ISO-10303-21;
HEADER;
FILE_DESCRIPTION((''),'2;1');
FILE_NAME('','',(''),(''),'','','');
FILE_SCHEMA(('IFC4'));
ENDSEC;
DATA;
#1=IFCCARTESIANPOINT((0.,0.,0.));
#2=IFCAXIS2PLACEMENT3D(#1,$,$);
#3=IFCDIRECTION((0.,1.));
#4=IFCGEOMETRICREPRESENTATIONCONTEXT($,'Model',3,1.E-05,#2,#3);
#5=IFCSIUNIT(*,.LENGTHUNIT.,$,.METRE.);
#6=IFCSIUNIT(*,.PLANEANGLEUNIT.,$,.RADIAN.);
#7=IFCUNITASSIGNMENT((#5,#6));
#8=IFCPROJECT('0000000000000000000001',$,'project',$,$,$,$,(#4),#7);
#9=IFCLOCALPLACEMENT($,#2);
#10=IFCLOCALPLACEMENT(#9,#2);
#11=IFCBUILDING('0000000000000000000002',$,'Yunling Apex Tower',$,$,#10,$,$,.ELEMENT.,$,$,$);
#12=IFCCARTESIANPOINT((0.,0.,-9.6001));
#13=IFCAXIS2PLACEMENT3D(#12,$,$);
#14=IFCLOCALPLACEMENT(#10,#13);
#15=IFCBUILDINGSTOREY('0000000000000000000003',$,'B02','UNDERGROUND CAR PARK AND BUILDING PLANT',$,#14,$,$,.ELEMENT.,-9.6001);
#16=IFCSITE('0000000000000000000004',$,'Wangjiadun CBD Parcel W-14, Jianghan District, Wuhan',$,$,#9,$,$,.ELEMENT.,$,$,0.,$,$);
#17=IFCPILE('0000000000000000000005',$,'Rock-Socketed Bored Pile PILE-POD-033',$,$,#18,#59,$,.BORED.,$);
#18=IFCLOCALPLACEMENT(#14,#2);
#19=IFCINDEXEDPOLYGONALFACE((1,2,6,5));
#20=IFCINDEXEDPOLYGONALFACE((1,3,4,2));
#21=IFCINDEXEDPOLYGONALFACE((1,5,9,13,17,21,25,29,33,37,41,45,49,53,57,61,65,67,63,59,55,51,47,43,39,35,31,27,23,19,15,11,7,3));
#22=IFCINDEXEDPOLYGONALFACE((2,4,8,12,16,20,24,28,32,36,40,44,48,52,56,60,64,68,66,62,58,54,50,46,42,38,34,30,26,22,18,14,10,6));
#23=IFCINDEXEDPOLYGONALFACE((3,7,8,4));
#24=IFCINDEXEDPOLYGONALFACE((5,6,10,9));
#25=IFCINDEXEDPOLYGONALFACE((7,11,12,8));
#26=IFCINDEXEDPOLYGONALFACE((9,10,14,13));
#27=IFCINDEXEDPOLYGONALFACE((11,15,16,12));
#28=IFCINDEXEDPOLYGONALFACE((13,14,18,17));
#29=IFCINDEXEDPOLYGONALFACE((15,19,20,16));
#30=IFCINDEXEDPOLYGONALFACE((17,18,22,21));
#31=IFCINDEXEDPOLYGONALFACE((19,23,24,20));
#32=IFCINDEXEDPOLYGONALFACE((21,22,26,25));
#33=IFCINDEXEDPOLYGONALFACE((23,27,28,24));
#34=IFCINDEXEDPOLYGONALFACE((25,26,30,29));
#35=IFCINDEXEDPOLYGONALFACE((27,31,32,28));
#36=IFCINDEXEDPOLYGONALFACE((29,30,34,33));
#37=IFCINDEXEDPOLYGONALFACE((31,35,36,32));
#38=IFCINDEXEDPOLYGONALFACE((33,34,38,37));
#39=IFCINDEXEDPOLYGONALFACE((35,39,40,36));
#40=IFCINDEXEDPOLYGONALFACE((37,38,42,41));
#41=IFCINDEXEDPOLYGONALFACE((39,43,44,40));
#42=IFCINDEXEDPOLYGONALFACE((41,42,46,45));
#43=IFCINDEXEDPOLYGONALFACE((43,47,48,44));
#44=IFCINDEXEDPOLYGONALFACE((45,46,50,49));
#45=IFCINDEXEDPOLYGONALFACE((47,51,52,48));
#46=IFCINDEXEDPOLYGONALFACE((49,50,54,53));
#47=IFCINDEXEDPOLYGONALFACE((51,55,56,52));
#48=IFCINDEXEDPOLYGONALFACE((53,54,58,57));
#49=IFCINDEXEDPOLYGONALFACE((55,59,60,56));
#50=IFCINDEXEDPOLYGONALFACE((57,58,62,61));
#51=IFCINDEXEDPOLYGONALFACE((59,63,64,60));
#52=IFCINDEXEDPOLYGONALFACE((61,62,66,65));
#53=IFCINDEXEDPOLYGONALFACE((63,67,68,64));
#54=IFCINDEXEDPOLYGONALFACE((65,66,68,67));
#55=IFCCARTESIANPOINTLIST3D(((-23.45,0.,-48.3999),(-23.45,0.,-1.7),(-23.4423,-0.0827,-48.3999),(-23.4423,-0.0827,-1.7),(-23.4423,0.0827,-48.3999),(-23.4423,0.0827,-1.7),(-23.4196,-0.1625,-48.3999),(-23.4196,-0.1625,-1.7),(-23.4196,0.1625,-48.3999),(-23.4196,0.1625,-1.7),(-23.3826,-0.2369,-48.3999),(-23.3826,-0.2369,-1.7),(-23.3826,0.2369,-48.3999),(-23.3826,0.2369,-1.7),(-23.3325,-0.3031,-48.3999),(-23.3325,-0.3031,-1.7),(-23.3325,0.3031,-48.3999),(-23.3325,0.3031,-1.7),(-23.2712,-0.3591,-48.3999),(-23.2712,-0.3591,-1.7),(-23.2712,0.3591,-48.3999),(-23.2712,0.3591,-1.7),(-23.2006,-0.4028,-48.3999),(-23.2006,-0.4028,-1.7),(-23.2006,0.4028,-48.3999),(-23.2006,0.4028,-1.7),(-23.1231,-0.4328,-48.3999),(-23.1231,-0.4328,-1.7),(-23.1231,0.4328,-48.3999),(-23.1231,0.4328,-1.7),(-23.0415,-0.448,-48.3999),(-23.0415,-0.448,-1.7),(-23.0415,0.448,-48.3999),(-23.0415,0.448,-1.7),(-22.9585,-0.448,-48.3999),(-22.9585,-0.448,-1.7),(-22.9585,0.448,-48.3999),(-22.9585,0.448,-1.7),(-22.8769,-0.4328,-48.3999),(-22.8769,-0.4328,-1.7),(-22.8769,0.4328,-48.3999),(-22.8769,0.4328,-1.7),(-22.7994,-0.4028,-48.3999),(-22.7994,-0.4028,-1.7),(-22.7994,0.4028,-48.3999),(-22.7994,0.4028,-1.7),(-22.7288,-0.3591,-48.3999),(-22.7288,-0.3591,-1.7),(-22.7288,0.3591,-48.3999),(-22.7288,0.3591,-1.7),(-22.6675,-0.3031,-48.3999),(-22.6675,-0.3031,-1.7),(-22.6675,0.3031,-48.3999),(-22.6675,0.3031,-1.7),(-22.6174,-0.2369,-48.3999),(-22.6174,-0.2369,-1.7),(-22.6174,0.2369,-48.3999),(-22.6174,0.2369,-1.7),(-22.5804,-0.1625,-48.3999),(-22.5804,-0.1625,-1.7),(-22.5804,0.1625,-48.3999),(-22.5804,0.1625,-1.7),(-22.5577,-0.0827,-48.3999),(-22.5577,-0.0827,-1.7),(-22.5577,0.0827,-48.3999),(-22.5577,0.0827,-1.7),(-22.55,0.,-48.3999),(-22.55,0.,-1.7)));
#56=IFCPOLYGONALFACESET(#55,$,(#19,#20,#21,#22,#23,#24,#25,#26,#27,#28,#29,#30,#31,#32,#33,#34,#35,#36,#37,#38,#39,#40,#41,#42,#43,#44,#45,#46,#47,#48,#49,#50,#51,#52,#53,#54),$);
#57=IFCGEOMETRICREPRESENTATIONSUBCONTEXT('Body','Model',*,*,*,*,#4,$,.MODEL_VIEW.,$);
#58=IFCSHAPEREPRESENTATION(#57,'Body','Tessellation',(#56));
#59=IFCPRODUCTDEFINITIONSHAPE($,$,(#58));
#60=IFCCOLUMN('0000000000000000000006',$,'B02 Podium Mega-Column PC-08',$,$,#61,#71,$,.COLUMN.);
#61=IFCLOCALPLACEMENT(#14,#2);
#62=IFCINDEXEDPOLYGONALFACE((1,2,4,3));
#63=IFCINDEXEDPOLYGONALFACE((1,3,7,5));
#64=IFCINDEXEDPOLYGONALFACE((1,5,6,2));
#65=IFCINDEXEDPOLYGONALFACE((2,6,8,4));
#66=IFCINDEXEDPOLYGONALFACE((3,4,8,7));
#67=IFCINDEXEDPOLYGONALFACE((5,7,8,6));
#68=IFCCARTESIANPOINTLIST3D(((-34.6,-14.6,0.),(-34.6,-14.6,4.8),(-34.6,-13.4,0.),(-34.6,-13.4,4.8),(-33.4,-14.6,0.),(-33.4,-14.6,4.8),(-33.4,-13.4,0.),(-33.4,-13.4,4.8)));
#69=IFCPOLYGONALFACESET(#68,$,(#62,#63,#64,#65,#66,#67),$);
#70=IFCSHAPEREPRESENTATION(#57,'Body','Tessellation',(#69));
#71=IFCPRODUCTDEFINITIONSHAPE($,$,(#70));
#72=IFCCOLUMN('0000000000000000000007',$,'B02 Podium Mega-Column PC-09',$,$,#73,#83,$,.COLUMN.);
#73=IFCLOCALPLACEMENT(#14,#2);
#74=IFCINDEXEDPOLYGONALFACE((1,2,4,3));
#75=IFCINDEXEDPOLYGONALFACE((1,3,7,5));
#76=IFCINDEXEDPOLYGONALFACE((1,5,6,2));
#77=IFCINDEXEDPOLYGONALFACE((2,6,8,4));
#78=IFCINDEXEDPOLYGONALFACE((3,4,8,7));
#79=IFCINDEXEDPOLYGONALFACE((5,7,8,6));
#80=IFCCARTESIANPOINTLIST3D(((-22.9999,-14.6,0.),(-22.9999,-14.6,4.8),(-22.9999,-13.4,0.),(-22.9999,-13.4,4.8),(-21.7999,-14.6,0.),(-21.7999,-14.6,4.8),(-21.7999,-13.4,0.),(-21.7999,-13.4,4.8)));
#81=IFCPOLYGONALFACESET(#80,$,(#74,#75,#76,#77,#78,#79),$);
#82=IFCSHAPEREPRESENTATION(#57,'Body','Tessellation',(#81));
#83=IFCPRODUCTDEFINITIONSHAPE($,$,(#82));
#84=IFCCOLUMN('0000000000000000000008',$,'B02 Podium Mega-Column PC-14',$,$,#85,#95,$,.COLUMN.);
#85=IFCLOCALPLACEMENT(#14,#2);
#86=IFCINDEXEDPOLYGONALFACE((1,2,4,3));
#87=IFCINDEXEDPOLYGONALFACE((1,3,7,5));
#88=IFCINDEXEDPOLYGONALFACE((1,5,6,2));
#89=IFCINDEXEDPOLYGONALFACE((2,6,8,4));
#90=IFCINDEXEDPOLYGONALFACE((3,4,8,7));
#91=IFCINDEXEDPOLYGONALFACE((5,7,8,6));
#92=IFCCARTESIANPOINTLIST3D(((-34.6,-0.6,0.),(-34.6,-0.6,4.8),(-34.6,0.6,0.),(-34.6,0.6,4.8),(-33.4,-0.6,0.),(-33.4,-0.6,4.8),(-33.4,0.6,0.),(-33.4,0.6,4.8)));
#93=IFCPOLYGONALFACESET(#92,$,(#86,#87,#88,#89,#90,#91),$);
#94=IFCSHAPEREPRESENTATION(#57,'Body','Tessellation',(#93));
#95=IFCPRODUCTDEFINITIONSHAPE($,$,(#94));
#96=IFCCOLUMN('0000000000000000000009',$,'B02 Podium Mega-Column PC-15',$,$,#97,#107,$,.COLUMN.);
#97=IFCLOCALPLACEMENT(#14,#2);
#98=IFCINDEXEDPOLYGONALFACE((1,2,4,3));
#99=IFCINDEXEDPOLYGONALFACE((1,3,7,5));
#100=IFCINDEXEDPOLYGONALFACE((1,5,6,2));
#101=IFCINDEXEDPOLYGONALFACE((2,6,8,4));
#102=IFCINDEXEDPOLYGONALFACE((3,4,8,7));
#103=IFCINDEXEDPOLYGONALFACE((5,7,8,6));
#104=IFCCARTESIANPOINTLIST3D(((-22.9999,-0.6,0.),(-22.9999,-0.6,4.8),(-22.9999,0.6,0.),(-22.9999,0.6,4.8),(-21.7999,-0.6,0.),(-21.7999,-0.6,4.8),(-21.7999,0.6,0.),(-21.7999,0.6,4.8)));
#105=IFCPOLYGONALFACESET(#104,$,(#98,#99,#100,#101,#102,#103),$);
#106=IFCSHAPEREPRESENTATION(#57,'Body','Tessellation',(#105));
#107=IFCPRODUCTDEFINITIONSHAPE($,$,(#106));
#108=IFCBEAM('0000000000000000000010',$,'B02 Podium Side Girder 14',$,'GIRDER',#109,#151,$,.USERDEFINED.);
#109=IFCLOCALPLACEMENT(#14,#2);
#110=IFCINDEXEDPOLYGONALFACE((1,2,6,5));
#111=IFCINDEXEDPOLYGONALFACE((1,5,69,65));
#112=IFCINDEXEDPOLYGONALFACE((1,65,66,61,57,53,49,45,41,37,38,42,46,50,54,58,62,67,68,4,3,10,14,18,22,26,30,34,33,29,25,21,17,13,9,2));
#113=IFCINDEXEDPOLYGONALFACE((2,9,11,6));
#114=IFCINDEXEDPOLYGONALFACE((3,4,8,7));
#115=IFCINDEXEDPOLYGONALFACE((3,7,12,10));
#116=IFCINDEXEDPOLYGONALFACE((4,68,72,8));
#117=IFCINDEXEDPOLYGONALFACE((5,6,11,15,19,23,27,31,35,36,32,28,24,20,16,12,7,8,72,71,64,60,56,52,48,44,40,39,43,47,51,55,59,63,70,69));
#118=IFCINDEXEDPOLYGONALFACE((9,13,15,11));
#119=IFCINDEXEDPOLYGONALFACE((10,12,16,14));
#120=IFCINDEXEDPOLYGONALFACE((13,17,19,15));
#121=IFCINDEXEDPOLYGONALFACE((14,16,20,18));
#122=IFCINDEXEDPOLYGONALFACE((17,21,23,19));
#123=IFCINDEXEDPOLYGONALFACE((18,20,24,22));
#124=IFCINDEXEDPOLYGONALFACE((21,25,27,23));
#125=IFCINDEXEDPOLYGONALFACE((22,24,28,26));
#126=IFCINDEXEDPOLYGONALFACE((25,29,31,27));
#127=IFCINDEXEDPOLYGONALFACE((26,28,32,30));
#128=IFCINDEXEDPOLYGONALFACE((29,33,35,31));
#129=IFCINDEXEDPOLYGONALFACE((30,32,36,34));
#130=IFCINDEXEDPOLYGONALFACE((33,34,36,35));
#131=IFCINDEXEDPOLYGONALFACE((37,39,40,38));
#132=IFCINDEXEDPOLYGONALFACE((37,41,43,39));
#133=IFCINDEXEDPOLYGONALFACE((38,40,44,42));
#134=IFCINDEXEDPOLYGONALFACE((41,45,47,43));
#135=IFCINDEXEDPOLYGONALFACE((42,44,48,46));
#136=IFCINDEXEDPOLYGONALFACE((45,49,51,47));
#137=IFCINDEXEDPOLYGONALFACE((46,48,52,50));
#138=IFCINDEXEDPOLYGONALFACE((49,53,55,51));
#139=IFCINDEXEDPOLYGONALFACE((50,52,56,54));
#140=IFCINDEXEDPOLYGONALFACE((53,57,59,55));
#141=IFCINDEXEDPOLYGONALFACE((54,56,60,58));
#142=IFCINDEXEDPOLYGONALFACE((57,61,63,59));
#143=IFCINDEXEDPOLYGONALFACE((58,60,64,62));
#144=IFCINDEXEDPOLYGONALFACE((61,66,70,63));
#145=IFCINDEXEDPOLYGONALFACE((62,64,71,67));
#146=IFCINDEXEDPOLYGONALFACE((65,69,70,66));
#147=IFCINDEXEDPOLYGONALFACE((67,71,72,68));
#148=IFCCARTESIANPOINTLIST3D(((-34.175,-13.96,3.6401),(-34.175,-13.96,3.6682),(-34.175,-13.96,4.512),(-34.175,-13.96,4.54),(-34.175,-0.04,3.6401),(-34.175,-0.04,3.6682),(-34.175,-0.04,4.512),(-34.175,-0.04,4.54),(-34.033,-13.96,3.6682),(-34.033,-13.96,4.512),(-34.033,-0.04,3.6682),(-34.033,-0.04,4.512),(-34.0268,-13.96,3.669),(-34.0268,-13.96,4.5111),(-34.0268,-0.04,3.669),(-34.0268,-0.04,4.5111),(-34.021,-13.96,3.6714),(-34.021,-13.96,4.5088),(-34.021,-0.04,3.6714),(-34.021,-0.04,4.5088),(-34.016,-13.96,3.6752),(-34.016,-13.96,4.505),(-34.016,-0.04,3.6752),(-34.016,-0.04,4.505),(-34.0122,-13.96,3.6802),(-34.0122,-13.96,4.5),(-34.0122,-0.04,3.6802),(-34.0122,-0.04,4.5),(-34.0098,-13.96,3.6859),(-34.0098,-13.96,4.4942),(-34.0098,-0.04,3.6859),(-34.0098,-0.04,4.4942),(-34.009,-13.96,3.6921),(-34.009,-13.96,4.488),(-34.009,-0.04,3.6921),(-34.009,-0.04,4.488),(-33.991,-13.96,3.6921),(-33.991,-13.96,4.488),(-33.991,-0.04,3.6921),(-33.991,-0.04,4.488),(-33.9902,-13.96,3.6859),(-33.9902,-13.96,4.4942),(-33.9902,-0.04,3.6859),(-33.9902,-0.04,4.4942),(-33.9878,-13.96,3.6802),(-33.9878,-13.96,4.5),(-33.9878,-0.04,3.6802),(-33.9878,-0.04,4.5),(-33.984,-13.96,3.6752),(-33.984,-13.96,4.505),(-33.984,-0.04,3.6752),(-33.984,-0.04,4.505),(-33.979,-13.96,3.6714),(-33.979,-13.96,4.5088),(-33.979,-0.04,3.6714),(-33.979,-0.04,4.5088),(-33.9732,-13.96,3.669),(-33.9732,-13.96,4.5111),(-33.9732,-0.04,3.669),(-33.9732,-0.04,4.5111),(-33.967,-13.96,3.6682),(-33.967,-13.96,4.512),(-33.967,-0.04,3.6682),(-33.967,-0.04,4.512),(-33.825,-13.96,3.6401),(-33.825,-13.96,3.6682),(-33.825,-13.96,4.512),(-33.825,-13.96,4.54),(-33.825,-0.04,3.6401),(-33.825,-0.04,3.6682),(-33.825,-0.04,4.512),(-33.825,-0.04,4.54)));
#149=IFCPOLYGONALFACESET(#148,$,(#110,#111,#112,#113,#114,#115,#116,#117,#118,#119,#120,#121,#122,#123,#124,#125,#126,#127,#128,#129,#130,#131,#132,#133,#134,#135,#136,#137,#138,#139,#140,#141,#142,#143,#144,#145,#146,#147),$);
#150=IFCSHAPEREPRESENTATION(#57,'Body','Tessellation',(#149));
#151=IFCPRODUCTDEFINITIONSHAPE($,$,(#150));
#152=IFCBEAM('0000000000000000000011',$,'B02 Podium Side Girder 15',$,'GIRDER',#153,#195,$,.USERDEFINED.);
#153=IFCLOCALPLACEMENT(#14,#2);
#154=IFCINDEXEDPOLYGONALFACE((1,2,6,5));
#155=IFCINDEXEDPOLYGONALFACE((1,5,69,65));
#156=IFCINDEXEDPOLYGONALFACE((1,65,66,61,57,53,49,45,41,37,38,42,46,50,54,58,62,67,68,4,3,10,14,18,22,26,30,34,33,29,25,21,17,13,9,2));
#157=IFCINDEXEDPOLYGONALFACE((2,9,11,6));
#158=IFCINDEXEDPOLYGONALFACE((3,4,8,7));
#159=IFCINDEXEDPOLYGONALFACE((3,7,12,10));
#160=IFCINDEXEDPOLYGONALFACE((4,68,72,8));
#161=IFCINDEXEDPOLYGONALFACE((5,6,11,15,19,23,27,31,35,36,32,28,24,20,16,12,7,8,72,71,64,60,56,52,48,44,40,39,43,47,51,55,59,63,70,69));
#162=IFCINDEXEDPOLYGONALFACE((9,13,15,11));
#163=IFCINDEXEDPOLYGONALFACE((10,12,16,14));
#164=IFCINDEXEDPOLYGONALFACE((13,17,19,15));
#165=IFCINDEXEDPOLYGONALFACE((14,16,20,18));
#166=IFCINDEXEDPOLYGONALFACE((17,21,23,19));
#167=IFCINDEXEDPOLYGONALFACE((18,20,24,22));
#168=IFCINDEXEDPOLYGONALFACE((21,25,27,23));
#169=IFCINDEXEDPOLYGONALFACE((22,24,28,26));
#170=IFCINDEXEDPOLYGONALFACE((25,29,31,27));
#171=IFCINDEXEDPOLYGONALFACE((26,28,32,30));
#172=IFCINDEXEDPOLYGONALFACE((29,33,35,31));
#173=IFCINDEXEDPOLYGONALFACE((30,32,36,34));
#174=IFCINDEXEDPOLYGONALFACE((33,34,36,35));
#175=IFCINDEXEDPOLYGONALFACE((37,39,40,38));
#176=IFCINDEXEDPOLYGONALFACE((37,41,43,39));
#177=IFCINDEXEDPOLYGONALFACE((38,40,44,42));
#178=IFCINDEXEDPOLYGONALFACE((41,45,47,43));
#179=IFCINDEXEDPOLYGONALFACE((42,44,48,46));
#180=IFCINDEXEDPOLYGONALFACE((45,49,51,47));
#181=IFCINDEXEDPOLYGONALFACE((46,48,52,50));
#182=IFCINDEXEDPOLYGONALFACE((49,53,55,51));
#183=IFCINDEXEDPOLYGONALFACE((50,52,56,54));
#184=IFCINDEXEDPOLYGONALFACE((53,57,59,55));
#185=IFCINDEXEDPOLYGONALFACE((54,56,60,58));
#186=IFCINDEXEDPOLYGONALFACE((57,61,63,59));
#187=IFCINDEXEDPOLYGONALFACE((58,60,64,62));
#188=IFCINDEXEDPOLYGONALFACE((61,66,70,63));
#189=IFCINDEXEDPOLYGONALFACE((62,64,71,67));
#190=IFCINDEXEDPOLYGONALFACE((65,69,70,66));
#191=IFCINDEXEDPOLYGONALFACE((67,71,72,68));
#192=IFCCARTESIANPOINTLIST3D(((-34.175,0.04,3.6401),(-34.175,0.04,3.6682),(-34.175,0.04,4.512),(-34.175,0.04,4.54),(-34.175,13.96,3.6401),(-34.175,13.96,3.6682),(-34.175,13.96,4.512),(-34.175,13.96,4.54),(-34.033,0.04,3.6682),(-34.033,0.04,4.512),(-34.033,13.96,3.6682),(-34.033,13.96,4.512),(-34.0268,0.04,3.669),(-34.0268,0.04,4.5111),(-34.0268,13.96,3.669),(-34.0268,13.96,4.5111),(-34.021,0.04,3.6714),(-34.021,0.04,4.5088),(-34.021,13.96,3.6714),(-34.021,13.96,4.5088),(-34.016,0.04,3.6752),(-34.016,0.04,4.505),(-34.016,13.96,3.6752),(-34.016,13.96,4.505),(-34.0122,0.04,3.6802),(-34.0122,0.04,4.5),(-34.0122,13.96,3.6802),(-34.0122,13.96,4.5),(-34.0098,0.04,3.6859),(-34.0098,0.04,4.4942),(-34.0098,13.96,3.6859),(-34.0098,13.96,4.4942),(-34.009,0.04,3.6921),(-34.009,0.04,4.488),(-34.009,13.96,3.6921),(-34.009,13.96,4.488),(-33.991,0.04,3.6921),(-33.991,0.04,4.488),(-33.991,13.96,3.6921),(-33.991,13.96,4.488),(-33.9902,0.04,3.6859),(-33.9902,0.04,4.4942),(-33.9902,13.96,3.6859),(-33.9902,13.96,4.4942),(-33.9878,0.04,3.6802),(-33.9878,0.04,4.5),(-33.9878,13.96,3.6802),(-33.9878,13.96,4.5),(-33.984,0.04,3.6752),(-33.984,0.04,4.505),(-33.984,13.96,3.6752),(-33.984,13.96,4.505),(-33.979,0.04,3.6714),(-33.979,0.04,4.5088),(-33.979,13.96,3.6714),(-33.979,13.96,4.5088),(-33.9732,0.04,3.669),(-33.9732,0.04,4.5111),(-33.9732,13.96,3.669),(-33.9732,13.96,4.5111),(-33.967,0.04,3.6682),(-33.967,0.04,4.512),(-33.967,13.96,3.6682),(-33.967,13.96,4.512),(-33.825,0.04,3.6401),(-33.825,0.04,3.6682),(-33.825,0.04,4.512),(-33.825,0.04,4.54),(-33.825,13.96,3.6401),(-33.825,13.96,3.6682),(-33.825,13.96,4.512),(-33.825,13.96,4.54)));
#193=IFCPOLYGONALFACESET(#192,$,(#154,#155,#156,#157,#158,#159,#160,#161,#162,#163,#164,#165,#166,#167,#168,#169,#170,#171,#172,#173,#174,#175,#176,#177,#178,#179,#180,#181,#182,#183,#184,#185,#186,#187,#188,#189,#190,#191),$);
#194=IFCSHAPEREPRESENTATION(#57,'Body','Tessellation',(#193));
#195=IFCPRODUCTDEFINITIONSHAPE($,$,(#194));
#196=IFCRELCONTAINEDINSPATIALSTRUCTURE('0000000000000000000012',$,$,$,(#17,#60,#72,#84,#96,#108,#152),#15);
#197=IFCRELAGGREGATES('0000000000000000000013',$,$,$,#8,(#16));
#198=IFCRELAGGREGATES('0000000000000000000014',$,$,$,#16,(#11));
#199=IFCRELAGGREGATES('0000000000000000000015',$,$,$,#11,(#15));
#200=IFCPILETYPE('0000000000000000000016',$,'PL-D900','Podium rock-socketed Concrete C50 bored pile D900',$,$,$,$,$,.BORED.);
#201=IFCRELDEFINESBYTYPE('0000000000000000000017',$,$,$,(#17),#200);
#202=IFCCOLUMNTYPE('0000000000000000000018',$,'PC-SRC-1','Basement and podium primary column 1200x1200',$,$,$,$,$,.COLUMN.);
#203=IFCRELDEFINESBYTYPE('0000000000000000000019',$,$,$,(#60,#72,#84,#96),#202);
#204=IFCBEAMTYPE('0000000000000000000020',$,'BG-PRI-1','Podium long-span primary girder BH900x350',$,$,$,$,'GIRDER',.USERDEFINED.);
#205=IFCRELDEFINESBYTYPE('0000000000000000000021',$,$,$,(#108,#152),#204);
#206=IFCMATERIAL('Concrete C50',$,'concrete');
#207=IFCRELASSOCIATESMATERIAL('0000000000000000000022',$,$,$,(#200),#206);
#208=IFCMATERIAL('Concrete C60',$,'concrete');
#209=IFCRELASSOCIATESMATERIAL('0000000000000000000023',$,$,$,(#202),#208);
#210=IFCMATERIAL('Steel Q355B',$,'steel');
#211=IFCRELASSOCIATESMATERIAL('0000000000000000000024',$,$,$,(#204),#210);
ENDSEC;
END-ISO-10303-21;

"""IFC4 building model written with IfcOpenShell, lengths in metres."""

from ifc_helpers import new_model, si_unit, direction, frame, origin, origin_2d, place, context, subcontext, project, spatial, rectangle, circle, i_section, extrude, source, transform, mapped, material, material_profile, profile_set, type_object, element, save


model = new_model("IFC4")

# Units and contexts
model_context = context("Model", 3, precision=1e-05, world=origin(), true_north=direction((0.0, 1.0)))
body_context = subcontext(model_context, "Body", "Model", "MODEL_VIEW")
ifc_project = project(units=[si_unit("LENGTHUNIT", "METRE"), si_unit("PLANEANGLEUNIT", "RADIAN")], contexts=[model_context])

# Site, building, storey
site_placement = place(None, origin())
site = spatial("IfcSite", under=ifc_project, at=site_placement, Name="Wangjiadun CBD Parcel W-14, Jianghan District, Wuhan", CompositionType="ELEMENT", RefElevation=0.0)
building_placement = place(site_placement, origin())
building = spatial("IfcBuilding", under=site, at=building_placement, Name="Yunling Apex Tower", CompositionType="ELEMENT")
storey_placement = place(building_placement, frame((0.0, 0.0, -9.6001)))
storey = spatial("IfcBuildingStorey", under=building, at=storey_placement, Name="B02", Description="UNDERGROUND CAR PARK AND BUILDING PLANT", CompositionType="ELEMENT", Elevation=-9.6001)

# Shared definitions
ifc_material_1 = material(Name="Concrete C50", Category="concrete")

# Pile
ifc_material_profile_1 = material_profile(ifc_material_1, circle(Radius=0.45, at=origin_2d()))
ifc_profile_set_1 = profile_set([ifc_material_profile_1], Name="Concrete C50")
pile_type_1 = type_object("IfcPileType", Name="PL-D900", Description="Podium rock-socketed Concrete C50 bored pile D900", PredefinedType="BORED", material=ifc_profile_set_1)
shared_shape_1 = source(origin(), body_context, "Body", "SweptSolid", [
    extrude(circle(Radius=0.45, at=origin_2d()), origin(), (0.0, 0.0, 1.0), 46.7),
])
for number, where, z_axis, x_axis, name in (
    (1, (-23.0, 0.0, -1.7), (0.0, 0.0, -1.0), (1.0, 0.0, 0.0), "Rock-Socketed Bored Pile PILE-POD-033"),
):
    element("IfcPile", number, at=place(storey_placement, frame(where, z_axis=z_axis, x_axis=x_axis)), inside=storey, type_object=pile_type_1, Name=name, PredefinedType="BORED", context=body_context, shape_type="MappedRepresentation", body=[
        mapped(shared_shape_1, transform((0.0, 0.0, 0.0), scale=1.0)),
    ])

# Columns
ifc_material_2 = material(Name="Concrete C60", Category="concrete")
ifc_material_profile_2 = material_profile(ifc_material_2, rectangle(XDim=1.2, YDim=1.2, at=origin_2d()))
ifc_profile_set_2 = profile_set([ifc_material_profile_2], Name="Concrete C60")
column_type = type_object("IfcColumnType", Name="PC-SRC-1", Description="Basement and podium primary column 1200x1200", PredefinedType="COLUMN", material=ifc_profile_set_2)
shared_shape_2 = source(origin(), body_context, "Body", "SweptSolid", [
    extrude(rectangle(XDim=1.2, YDim=1.2, at=origin_2d()), origin(), (0.0, 0.0, 1.0), 4.8),
])
for number, where, z_axis, x_axis, name in (
    (2, (-34.0, -14.0, 0.0), (0.0, 0.0, 1.0), (1.0, 0.0, 0.0), "B02 Podium Mega-Column PC-08"),
    (3, (-22.3999, -14.0, 0.0), (0.0, 0.0, 1.0), (1.0, 0.0, 0.0), "B02 Podium Mega-Column PC-09"),
    (4, (-34.0, 0.0, 0.0), (0.0, 0.0, 1.0), (1.0, 0.0, 0.0), "B02 Podium Mega-Column PC-14"),
    (5, (-22.3999, 0.0, 0.0), (0.0, 0.0, 1.0), (1.0, 0.0, 0.0), "B02 Podium Mega-Column PC-15"),
):
    element("IfcColumn", number, at=place(storey_placement, frame(where, z_axis=z_axis, x_axis=x_axis)), inside=storey, type_object=column_type, Name=name, PredefinedType="COLUMN", context=body_context, shape_type="MappedRepresentation", body=[
        mapped(shared_shape_2, transform((0.0, 0.0, 0.0), scale=1.0)),
    ])

# Beams
ifc_material_3 = material(Name="Steel Q355B", Category="steel")
ifc_material_profile_3 = material_profile(ifc_material_3, i_section(OverallWidth=0.3501, OverallDepth=0.8999, WebThickness=0.0181, FlangeThickness=0.0281, FilletRadius=0.0239, at=origin_2d()))
ifc_profile_set_3 = profile_set([ifc_material_profile_3], Name="Steel Q355B")
beam_type_1 = type_object("IfcBeamType", Name="BG-PRI-1", Description="Podium long-span primary girder BH900x350", ElementType="GIRDER", PredefinedType="USERDEFINED", material=ifc_profile_set_3)
shared_shape_3 = source(origin(), body_context, "Body", "SweptSolid", [
    extrude(i_section(OverallWidth=0.3501, OverallDepth=0.8999, WebThickness=0.0181, FlangeThickness=0.0281, FilletRadius=0.0239, at=origin_2d()), origin(), (0.0, 0.0, 1.0), 13.9199),
])
for number, where, z_axis, x_axis, name in (
    (6, (-34.0, -13.96, 4.0901), (0.0, 1.0, 0.0), (-1.0, 0.0, 0.0), "B02 Podium Side Girder 14"),
    (7, (-34.0, 0.04, 4.0901), (0.0, 1.0, 0.0), (-1.0, 0.0, 0.0), "B02 Podium Side Girder 15"),
):
    element("IfcBeam", number, at=place(storey_placement, frame(where, z_axis=z_axis, x_axis=x_axis)), inside=storey, type_object=beam_type_1, Name=name, ObjectType="GIRDER", PredefinedType="USERDEFINED", context=body_context, shape_type="MappedRepresentation", body=[
        mapped(shared_shape_3, transform((0.0, 0.0, 0.0), scale=1.0)),
    ])

save(model, "model.ifc")
